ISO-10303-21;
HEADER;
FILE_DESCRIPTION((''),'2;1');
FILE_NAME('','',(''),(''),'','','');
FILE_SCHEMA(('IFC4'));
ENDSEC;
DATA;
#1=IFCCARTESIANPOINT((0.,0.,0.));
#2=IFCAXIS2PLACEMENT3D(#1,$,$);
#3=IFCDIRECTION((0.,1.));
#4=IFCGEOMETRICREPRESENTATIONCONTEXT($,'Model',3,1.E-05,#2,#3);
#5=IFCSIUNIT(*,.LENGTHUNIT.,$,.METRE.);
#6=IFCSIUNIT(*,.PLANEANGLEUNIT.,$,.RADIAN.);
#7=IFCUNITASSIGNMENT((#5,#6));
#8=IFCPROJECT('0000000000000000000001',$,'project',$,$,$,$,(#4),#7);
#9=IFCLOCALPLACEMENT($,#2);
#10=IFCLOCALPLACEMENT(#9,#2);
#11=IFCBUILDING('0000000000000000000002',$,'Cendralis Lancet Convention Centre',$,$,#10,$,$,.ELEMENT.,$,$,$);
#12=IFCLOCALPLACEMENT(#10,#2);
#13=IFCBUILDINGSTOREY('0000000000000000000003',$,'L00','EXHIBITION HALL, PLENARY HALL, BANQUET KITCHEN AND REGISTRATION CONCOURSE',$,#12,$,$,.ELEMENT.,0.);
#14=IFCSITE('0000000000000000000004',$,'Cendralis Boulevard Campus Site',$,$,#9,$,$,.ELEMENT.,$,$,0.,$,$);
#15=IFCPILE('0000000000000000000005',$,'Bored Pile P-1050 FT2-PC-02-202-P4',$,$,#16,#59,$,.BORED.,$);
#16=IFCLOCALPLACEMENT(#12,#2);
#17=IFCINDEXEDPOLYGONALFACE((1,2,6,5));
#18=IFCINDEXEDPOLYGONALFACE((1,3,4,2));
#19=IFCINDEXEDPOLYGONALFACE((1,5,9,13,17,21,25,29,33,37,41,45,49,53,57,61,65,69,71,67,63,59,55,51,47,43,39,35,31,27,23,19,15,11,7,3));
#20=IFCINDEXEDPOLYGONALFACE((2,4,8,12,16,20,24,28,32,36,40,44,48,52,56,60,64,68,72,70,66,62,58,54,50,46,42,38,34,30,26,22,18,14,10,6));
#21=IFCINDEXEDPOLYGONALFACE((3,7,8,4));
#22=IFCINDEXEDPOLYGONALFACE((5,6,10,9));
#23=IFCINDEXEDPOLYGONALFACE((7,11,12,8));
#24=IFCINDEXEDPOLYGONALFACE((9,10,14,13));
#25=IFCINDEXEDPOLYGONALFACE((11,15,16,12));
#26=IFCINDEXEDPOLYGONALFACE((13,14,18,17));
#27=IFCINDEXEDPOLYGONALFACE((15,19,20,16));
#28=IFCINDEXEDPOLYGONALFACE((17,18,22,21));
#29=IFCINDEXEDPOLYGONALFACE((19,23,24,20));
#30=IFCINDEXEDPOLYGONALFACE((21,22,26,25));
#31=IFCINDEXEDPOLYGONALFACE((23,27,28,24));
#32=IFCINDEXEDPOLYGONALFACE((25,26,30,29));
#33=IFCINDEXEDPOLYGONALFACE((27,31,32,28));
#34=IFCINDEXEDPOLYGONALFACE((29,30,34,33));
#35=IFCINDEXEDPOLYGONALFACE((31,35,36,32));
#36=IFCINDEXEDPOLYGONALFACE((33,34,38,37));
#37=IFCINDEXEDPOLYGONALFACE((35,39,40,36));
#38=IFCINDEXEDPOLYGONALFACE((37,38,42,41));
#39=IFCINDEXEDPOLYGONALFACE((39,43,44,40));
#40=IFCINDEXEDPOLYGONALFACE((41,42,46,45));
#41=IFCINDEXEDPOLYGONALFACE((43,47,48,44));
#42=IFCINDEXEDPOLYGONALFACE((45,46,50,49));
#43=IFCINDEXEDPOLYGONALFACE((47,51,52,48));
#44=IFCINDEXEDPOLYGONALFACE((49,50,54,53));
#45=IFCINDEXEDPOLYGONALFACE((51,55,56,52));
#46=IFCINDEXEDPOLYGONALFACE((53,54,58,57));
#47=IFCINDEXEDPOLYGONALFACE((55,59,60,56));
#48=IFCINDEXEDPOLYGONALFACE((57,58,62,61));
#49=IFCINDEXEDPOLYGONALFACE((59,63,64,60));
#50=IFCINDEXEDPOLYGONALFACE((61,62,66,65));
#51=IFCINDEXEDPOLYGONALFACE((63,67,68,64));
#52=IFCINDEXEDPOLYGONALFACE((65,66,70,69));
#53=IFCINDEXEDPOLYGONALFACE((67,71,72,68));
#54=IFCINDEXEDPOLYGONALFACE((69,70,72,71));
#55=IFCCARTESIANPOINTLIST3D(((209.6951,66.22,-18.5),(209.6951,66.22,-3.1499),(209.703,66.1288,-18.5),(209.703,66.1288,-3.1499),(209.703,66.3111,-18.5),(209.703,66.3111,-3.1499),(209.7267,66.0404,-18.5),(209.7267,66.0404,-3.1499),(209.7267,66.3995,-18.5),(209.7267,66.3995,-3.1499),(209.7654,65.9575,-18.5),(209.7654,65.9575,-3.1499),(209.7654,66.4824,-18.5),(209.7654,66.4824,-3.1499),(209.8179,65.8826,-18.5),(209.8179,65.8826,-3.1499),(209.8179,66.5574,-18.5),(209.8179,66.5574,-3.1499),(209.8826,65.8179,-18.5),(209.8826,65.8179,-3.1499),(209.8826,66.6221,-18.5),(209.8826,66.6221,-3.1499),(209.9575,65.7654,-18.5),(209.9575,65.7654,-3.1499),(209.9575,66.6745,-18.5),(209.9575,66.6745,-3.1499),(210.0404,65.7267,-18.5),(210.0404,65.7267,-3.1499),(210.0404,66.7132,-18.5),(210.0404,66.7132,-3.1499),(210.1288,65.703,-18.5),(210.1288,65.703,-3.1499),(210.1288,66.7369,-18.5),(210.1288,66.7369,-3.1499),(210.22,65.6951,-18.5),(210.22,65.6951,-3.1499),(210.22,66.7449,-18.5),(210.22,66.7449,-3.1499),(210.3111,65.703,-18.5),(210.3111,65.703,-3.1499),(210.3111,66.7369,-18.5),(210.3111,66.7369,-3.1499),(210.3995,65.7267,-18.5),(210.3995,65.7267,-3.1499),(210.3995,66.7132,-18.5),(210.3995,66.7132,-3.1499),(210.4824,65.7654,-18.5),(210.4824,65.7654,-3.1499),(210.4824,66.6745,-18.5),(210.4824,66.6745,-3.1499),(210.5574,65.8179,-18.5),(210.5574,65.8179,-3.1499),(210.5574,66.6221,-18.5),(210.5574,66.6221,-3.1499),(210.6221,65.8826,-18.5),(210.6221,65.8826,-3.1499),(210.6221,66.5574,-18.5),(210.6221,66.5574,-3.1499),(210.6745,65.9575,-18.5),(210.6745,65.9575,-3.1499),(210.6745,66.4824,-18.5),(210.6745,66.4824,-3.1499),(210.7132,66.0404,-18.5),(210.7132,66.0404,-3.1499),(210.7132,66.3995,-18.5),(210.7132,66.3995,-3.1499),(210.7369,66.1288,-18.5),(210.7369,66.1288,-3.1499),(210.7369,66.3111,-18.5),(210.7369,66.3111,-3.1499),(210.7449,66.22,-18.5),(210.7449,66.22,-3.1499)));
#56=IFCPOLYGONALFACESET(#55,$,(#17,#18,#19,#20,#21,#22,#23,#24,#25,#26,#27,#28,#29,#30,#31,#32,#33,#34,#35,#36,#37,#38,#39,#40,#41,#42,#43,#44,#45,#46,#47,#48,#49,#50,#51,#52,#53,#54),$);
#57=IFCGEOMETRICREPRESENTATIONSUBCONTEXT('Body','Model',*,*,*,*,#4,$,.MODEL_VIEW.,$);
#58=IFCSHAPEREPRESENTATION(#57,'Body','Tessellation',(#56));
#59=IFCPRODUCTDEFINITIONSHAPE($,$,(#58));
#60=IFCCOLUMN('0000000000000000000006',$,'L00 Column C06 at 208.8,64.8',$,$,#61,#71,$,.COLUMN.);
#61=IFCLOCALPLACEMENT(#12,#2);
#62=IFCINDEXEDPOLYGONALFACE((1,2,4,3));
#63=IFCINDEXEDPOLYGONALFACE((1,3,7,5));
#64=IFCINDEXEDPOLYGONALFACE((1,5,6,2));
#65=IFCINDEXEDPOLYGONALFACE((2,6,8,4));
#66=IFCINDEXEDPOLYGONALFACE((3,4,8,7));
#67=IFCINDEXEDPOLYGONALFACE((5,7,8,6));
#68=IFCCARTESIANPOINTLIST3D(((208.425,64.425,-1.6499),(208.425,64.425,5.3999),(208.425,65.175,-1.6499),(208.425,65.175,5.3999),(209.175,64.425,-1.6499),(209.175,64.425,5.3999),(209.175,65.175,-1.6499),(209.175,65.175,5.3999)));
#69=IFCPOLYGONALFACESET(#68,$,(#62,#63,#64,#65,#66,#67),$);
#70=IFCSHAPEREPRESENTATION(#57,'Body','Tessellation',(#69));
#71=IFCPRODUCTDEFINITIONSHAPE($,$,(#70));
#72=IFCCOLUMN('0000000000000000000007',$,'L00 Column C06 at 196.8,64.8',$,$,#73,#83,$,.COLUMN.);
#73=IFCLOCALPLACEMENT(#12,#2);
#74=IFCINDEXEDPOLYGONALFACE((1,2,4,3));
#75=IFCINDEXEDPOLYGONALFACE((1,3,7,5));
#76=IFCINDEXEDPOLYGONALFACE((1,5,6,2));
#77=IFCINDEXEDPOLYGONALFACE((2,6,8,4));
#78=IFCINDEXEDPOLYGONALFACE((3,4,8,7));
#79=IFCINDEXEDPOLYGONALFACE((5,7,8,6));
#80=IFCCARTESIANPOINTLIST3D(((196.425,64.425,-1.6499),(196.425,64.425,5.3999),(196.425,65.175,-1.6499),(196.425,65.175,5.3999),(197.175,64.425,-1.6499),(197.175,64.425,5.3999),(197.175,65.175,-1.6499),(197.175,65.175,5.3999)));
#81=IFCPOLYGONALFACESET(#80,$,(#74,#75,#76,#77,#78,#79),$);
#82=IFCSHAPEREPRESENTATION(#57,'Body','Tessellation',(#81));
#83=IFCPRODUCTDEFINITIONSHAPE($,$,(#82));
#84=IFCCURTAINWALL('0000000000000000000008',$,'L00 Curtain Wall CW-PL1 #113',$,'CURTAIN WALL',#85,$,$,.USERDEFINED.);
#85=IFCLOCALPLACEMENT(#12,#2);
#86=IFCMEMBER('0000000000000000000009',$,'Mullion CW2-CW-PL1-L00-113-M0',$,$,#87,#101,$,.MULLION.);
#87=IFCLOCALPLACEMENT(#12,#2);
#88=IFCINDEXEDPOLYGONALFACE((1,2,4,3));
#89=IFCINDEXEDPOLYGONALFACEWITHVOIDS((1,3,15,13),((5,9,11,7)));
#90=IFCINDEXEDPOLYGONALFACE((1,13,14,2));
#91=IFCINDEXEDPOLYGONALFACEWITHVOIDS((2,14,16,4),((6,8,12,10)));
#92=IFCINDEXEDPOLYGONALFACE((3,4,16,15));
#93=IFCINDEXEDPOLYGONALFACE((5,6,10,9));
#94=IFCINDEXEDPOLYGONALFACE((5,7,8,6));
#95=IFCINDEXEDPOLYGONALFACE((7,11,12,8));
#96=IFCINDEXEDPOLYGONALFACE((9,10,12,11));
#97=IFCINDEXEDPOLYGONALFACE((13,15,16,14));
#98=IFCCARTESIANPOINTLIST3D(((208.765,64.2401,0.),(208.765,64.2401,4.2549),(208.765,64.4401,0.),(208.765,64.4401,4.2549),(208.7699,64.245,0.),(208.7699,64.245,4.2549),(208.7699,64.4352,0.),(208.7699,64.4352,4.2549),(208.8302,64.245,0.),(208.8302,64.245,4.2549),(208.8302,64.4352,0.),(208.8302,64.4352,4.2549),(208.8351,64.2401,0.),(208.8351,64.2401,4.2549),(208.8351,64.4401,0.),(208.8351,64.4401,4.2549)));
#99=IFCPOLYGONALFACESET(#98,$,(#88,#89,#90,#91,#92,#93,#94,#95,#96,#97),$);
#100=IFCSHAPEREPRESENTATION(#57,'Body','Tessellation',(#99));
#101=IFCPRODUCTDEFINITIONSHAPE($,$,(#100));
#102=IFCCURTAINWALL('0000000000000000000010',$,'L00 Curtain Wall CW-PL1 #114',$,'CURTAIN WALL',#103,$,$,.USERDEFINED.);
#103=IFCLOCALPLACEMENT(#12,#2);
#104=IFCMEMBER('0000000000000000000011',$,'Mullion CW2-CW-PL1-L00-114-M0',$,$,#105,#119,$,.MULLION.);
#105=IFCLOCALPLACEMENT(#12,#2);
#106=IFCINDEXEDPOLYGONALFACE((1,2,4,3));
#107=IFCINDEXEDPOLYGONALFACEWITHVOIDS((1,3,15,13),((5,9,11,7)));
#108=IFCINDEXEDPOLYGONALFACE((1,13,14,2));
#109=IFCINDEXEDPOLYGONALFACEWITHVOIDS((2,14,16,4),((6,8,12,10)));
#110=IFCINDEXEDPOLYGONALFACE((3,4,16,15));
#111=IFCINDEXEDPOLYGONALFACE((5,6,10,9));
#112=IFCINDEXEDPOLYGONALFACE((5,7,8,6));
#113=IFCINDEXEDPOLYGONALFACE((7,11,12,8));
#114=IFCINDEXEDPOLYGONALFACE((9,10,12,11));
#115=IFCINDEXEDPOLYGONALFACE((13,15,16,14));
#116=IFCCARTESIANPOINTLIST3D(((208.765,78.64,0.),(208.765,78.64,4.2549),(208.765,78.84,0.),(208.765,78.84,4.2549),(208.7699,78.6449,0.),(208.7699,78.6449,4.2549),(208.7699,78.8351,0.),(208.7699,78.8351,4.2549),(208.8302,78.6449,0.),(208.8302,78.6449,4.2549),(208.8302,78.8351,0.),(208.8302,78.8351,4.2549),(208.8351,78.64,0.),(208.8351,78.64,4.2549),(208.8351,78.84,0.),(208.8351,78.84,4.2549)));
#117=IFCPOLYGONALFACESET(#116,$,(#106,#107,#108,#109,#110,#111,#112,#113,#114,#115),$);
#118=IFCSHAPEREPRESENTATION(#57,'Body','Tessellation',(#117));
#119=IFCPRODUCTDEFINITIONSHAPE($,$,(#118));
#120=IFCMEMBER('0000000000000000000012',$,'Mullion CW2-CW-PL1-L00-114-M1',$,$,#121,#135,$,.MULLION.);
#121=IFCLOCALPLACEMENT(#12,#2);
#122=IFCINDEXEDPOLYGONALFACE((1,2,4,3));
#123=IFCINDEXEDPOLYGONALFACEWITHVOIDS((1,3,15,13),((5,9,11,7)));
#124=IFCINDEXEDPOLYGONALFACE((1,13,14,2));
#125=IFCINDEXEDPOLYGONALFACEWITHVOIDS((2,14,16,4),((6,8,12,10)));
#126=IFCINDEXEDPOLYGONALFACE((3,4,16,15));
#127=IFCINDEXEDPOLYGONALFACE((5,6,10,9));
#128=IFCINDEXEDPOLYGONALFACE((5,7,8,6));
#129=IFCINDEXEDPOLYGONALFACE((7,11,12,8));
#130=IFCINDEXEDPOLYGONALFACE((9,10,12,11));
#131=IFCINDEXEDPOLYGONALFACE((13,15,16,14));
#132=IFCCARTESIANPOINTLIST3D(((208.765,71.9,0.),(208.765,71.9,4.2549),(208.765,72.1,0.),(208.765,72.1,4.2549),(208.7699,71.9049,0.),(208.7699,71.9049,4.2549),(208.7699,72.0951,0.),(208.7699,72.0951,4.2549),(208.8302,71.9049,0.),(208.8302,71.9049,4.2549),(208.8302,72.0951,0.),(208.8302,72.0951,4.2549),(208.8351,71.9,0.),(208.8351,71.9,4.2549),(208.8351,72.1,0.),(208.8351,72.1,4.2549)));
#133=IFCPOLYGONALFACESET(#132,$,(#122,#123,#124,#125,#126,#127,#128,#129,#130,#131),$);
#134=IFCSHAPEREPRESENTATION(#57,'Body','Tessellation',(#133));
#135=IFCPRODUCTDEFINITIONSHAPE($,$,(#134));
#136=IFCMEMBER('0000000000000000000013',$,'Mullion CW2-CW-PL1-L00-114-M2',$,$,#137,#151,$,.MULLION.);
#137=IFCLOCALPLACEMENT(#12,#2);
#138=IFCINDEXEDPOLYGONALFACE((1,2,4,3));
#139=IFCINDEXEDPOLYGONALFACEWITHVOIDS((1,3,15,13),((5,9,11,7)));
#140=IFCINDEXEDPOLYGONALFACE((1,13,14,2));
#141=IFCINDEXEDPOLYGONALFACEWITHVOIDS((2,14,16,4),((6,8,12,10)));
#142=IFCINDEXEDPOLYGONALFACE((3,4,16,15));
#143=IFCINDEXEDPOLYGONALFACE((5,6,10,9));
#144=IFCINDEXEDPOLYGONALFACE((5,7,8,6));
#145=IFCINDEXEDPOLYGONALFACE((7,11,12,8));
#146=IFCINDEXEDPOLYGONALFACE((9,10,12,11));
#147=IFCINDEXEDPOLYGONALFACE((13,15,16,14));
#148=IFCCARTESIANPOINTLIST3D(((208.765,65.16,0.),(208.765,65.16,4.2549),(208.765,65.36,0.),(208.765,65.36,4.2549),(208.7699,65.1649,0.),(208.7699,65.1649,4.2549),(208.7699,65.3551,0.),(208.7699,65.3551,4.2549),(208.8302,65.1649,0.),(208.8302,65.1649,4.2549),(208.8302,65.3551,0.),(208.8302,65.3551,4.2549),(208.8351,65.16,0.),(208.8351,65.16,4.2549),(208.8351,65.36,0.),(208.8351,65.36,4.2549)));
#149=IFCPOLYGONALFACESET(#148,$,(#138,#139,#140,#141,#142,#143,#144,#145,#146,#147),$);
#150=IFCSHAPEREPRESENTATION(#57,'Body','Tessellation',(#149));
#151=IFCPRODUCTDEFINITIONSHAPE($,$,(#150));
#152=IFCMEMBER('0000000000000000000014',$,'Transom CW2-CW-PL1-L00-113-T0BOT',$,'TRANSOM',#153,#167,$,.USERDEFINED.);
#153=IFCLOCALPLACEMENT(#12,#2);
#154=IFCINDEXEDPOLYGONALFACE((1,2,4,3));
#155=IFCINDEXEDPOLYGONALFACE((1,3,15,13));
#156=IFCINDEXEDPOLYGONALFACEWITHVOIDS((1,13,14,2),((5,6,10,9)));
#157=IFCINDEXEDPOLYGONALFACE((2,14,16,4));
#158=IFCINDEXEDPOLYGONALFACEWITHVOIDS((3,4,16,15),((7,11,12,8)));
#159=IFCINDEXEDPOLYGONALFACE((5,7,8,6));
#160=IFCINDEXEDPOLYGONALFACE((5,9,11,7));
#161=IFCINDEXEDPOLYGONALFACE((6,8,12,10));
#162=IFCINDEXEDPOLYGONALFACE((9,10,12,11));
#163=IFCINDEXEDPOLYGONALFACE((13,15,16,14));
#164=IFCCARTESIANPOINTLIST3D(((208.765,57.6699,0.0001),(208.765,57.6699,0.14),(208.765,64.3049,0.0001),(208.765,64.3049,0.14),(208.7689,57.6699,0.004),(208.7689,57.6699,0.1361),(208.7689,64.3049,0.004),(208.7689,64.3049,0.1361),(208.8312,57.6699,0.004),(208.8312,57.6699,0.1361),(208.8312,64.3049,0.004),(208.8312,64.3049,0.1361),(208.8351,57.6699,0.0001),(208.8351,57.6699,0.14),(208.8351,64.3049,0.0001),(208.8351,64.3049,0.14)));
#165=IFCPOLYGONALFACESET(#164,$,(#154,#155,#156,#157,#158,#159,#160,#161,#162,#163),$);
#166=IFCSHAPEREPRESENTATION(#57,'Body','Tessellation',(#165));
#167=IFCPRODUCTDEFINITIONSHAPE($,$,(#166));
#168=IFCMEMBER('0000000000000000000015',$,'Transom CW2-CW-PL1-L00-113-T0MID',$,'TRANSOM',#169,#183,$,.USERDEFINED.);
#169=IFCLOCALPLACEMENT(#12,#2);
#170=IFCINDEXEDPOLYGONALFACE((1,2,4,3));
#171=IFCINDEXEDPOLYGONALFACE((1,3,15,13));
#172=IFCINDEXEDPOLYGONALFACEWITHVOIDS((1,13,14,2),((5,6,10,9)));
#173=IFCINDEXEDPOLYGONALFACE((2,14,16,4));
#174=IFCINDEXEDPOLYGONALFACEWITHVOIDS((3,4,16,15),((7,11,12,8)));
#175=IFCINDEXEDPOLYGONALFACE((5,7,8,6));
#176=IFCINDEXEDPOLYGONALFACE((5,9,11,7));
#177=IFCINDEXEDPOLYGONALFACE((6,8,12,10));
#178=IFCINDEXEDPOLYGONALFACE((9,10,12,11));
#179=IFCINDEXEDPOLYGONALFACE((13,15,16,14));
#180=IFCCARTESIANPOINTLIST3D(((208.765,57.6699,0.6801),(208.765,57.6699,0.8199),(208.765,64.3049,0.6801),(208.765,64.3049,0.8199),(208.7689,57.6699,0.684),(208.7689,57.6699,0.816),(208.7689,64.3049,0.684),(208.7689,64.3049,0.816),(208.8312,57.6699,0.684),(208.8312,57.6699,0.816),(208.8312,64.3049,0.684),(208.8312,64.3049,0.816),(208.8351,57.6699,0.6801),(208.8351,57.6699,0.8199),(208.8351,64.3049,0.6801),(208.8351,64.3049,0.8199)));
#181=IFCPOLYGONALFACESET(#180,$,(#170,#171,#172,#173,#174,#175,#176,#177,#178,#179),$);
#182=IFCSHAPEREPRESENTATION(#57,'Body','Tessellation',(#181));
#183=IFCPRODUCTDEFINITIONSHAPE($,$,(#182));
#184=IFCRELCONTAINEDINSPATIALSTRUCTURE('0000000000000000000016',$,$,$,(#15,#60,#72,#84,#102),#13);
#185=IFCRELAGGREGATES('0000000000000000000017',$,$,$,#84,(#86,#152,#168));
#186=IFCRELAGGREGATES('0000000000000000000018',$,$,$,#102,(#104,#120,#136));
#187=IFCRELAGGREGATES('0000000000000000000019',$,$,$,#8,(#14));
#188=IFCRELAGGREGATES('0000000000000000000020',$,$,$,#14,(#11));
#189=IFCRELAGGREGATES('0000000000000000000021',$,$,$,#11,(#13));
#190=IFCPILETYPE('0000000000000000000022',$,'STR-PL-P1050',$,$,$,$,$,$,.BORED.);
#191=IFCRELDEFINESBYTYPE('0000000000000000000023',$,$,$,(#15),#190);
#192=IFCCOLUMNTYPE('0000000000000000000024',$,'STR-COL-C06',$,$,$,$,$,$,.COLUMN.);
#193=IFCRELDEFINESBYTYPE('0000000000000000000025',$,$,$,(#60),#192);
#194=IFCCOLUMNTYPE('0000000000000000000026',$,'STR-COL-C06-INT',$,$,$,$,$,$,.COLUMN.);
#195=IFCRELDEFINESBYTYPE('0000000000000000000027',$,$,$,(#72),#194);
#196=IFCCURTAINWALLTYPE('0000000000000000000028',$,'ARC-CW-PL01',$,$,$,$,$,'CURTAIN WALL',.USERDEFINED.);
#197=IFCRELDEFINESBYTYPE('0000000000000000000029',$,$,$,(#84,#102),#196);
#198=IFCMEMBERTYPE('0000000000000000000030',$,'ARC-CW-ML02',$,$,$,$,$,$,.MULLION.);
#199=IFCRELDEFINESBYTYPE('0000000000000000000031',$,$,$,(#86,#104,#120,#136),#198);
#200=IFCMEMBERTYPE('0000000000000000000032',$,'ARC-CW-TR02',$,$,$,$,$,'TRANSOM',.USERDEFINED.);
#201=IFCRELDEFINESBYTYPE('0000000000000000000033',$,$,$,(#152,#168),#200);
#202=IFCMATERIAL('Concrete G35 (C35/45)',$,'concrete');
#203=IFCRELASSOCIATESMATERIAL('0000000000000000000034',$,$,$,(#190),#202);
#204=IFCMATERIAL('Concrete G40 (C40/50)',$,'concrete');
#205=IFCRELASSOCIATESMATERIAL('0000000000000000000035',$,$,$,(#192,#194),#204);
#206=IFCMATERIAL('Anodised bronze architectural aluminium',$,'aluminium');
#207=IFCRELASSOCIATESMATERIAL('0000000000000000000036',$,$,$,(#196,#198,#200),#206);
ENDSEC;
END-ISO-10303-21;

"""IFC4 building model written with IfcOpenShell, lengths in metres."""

from ifc_helpers import new_model, si_unit, direction, frame, origin, origin_2d, place, context, subcontext, project, spatial, rectangle, hollow_rectangle, circle, extrude, material, material_profile, profile_set, type_object, element, aggregate, save


model = new_model("IFC4")

# Units and contexts
model_context = context("Model", 3, precision=1e-05, world=origin(), true_north=direction((0.0, 1.0)))
body_context = subcontext(model_context, "Body", "Model", "MODEL_VIEW")
ifc_project = project(units=[si_unit("LENGTHUNIT", "METRE"), si_unit("PLANEANGLEUNIT", "RADIAN")], contexts=[model_context])

# Site, building, storey
site_placement = place(None, origin())
site = spatial("IfcSite", under=ifc_project, at=site_placement, Name="Cendralis Boulevard Campus Site", CompositionType="ELEMENT", RefElevation=0.0)
building_placement = place(site_placement, origin())
building = spatial("IfcBuilding", under=site, at=building_placement, Name="Cendralis Lancet Convention Centre", CompositionType="ELEMENT")
storey_placement = place(building_placement, origin())
storey = spatial("IfcBuildingStorey", under=building, at=storey_placement, Name="L00", Description="EXHIBITION HALL, PLENARY HALL, BANQUET KITCHEN AND REGISTRATION CONCOURSE", CompositionType="ELEMENT", Elevation=0.0)

# Shared definitions
ifc_material_1 = material(Name="Concrete G35 (C35/45)", Category="concrete")

# Pile
ifc_material_profile_1 = material_profile(ifc_material_1, circle(Radius=0.5249, at=origin_2d()), Name="BORED PILE D1050")
ifc_profile_set_1 = profile_set([ifc_material_profile_1], Name="Concrete G35 (C35/45)")
pile_type = type_object("IfcPileType", Name="STR-PL-P1050", PredefinedType="BORED", material=ifc_profile_set_1)
for number, where, z_axis, x_axis, name in (
    (1, (210.22, 66.22, -3.1499), (0.0, 0.0, -1.0), (1.0, 0.0, 0.0), "Bored Pile P-1050 FT2-PC-02-202-P4"),
):
    element("IfcPile", number, at=place(storey_placement, frame(where, z_axis=z_axis, x_axis=x_axis)), inside=storey, type_object=pile_type, Name=name, PredefinedType="BORED", context=body_context, shape_type="SweptSolid", body=[
        extrude(circle(Radius=0.5249, at=origin_2d()), origin(), (0.0, 0.0, 1.0), 15.3501),
    ])

# Columns
ifc_material_2 = material(Name="Concrete G40 (C40/50)", Category="concrete")
ifc_material_profile_2 = material_profile(ifc_material_2, rectangle(XDim=0.75, YDim=0.75, at=origin_2d()), Name="RC 750x750")
ifc_profile_set_2 = profile_set([ifc_material_profile_2], Name="Concrete G40 (C40/50)")
column_type_1 = type_object("IfcColumnType", Name="STR-COL-C06", PredefinedType="COLUMN", material=ifc_profile_set_2)
column_1_placement = place(storey_placement, frame((208.8, 64.8, -1.6499), z_axis=(0.0, 0.0, 1.0), x_axis=(1.0, 0.0, 0.0)))
element("IfcColumn", 2, at=column_1_placement, inside=storey, type_object=column_type_1, Name="L00 Column C06 at 208.8,64.8", PredefinedType="COLUMN", context=body_context, shape_type="SweptSolid", body=[
    extrude(rectangle(XDim=0.75, YDim=0.75, at=origin_2d()), origin(), (0.0, 0.0, 1.0), 7.0498),
])
ifc_material_profile_3 = material_profile(ifc_material_2, rectangle(XDim=0.75, YDim=0.75, at=origin_2d()), Name="RC 750x750")
ifc_profile_set_3 = profile_set([ifc_material_profile_3], Name="Concrete G40 (C40/50)")
column_type_2 = type_object("IfcColumnType", Name="STR-COL-C06-INT", PredefinedType="COLUMN", material=ifc_profile_set_3)
column_2_placement = place(storey_placement, frame((196.8, 64.8, -1.6499), z_axis=(0.0, 0.0, 1.0), x_axis=(1.0, 0.0, 0.0)))
element("IfcColumn", 3, at=column_2_placement, inside=storey, type_object=column_type_2, Name="L00 Column C06 at 196.8,64.8", PredefinedType="COLUMN", context=body_context, shape_type="SweptSolid", body=[
    extrude(rectangle(XDim=0.75, YDim=0.75, at=origin_2d()), origin(), (0.0, 0.0, 1.0), 7.0498),
])

# Curtain wall, member
ifc_material_3 = material(Name="Anodised bronze architectural aluminium", Category="aluminium")
curtain_wall_type = type_object("IfcCurtainWallType", Name="ARC-CW-PL01", ElementType="CURTAIN WALL", PredefinedType="USERDEFINED", material=ifc_material_3)
curtain_wall_1_placement = place(storey_placement, origin())
curtain_wall_1 = element("IfcCurtainWall", 4, at=curtain_wall_1_placement, inside=storey, type_object=curtain_wall_type, Name="L00 Curtain Wall CW-PL1 #113", ObjectType="CURTAIN WALL", PredefinedType="USERDEFINED")
ifc_material_profile_4 = material_profile(ifc_material_3, hollow_rectangle(XDim=0.0701, YDim=0.2, WallThickness=0.0049, at=origin_2d()), Name="AL-MULL 70x200x5.0")
ifc_profile_set_4 = profile_set([ifc_material_profile_4], Name="Anodised bronze architectural aluminium")
member_type_1 = type_object("IfcMemberType", Name="ARC-CW-ML02", PredefinedType="MULLION", material=ifc_profile_set_4)
member_1_placement = place(storey_placement, frame((208.8, 64.3401, 0.0), z_axis=(0.0, 0.0, 1.0), x_axis=(1.0, 0.0, 0.0)))
member_1 = element("IfcMember", 5, at=member_1_placement, type_object=member_type_1, Name="Mullion CW2-CW-PL1-L00-113-M0", PredefinedType="MULLION", context=body_context, shape_type="SweptSolid", body=[
    extrude(hollow_rectangle(XDim=0.0701, YDim=0.2, WallThickness=0.0049, at=origin_2d()), origin(), (0.0, 0.0, 1.0), 4.2549),
])

# Curtain wall, members
curtain_wall_2_placement = place(storey_placement, origin())
curtain_wall_2 = element("IfcCurtainWall", 6, at=curtain_wall_2_placement, inside=storey, type_object=curtain_wall_type, Name="L00 Curtain Wall CW-PL1 #114", ObjectType="CURTAIN WALL", PredefinedType="USERDEFINED")
member_2_placement = place(storey_placement, frame((208.8, 78.74, 0.0), z_axis=(0.0, 0.0, 1.0), x_axis=(1.0, 0.0, 0.0)))
member_2 = element("IfcMember", 7, at=member_2_placement, type_object=member_type_1, Name="Mullion CW2-CW-PL1-L00-114-M0", PredefinedType="MULLION", context=body_context, shape_type="SweptSolid", body=[
    extrude(hollow_rectangle(XDim=0.0701, YDim=0.2, WallThickness=0.0049, at=origin_2d()), origin(), (0.0, 0.0, 1.0), 4.2549),
])
member_3_placement = place(storey_placement, frame((208.8, 72.0, 0.0), z_axis=(0.0, 0.0, 1.0), x_axis=(1.0, 0.0, 0.0)))
member_3 = element("IfcMember", 8, at=member_3_placement, type_object=member_type_1, Name="Mullion CW2-CW-PL1-L00-114-M1", PredefinedType="MULLION", context=body_context, shape_type="SweptSolid", body=[
    extrude(hollow_rectangle(XDim=0.0701, YDim=0.2, WallThickness=0.0049, at=origin_2d()), origin(), (0.0, 0.0, 1.0), 4.2549),
])
member_4_placement = place(storey_placement, frame((208.8, 65.26, 0.0), z_axis=(0.0, 0.0, 1.0), x_axis=(1.0, 0.0, 0.0)))
member_4 = element("IfcMember", 9, at=member_4_placement, type_object=member_type_1, Name="Mullion CW2-CW-PL1-L00-114-M2", PredefinedType="MULLION", context=body_context, shape_type="SweptSolid", body=[
    extrude(hollow_rectangle(XDim=0.0701, YDim=0.2, WallThickness=0.0049, at=origin_2d()), origin(), (0.0, 0.0, 1.0), 4.2549),
])

# Members
ifc_material_profile_5 = material_profile(ifc_material_3, hollow_rectangle(XDim=0.0701, YDim=0.1399, WallThickness=0.0039, at=origin_2d()), Name="AL-TRAN 70x140x4.0")
ifc_profile_set_5 = profile_set([ifc_material_profile_5], Name="Anodised bronze architectural aluminium")
member_type_2 = type_object("IfcMemberType", Name="ARC-CW-TR02", ElementType="TRANSOM", PredefinedType="USERDEFINED", material=ifc_profile_set_5)
member_5_placement = place(storey_placement, frame((208.8, 64.3049, 0.0701), z_axis=(0.0, -1.0, 0.0), x_axis=(1.0, 0.0, 0.0)))
member_5 = element("IfcMember", 10, at=member_5_placement, type_object=member_type_2, Name="Transom CW2-CW-PL1-L00-113-T0BOT", ObjectType="TRANSOM", PredefinedType="USERDEFINED", context=body_context, shape_type="SweptSolid", body=[
    extrude(hollow_rectangle(XDim=0.0701, YDim=0.1399, WallThickness=0.0039, at=origin_2d()), origin(), (0.0, 0.0, 1.0), 6.635),
])
member_6_placement = place(storey_placement, frame((208.8, 64.3049, 0.75), z_axis=(0.0, -1.0, 0.0), x_axis=(1.0, 0.0, 0.0)))
member_6 = element("IfcMember", 11, at=member_6_placement, type_object=member_type_2, Name="Transom CW2-CW-PL1-L00-113-T0MID", ObjectType="TRANSOM", PredefinedType="USERDEFINED", context=body_context, shape_type="SweptSolid", body=[
    extrude(hollow_rectangle(XDim=0.0701, YDim=0.1399, WallThickness=0.0039, at=origin_2d()), origin(), (0.0, 0.0, 1.0), 6.635),
])
aggregate(curtain_wall_1, [member_1, member_5, member_6])

aggregate(curtain_wall_2, [member_2, member_3, member_4])

save(model, "model.ifc")
